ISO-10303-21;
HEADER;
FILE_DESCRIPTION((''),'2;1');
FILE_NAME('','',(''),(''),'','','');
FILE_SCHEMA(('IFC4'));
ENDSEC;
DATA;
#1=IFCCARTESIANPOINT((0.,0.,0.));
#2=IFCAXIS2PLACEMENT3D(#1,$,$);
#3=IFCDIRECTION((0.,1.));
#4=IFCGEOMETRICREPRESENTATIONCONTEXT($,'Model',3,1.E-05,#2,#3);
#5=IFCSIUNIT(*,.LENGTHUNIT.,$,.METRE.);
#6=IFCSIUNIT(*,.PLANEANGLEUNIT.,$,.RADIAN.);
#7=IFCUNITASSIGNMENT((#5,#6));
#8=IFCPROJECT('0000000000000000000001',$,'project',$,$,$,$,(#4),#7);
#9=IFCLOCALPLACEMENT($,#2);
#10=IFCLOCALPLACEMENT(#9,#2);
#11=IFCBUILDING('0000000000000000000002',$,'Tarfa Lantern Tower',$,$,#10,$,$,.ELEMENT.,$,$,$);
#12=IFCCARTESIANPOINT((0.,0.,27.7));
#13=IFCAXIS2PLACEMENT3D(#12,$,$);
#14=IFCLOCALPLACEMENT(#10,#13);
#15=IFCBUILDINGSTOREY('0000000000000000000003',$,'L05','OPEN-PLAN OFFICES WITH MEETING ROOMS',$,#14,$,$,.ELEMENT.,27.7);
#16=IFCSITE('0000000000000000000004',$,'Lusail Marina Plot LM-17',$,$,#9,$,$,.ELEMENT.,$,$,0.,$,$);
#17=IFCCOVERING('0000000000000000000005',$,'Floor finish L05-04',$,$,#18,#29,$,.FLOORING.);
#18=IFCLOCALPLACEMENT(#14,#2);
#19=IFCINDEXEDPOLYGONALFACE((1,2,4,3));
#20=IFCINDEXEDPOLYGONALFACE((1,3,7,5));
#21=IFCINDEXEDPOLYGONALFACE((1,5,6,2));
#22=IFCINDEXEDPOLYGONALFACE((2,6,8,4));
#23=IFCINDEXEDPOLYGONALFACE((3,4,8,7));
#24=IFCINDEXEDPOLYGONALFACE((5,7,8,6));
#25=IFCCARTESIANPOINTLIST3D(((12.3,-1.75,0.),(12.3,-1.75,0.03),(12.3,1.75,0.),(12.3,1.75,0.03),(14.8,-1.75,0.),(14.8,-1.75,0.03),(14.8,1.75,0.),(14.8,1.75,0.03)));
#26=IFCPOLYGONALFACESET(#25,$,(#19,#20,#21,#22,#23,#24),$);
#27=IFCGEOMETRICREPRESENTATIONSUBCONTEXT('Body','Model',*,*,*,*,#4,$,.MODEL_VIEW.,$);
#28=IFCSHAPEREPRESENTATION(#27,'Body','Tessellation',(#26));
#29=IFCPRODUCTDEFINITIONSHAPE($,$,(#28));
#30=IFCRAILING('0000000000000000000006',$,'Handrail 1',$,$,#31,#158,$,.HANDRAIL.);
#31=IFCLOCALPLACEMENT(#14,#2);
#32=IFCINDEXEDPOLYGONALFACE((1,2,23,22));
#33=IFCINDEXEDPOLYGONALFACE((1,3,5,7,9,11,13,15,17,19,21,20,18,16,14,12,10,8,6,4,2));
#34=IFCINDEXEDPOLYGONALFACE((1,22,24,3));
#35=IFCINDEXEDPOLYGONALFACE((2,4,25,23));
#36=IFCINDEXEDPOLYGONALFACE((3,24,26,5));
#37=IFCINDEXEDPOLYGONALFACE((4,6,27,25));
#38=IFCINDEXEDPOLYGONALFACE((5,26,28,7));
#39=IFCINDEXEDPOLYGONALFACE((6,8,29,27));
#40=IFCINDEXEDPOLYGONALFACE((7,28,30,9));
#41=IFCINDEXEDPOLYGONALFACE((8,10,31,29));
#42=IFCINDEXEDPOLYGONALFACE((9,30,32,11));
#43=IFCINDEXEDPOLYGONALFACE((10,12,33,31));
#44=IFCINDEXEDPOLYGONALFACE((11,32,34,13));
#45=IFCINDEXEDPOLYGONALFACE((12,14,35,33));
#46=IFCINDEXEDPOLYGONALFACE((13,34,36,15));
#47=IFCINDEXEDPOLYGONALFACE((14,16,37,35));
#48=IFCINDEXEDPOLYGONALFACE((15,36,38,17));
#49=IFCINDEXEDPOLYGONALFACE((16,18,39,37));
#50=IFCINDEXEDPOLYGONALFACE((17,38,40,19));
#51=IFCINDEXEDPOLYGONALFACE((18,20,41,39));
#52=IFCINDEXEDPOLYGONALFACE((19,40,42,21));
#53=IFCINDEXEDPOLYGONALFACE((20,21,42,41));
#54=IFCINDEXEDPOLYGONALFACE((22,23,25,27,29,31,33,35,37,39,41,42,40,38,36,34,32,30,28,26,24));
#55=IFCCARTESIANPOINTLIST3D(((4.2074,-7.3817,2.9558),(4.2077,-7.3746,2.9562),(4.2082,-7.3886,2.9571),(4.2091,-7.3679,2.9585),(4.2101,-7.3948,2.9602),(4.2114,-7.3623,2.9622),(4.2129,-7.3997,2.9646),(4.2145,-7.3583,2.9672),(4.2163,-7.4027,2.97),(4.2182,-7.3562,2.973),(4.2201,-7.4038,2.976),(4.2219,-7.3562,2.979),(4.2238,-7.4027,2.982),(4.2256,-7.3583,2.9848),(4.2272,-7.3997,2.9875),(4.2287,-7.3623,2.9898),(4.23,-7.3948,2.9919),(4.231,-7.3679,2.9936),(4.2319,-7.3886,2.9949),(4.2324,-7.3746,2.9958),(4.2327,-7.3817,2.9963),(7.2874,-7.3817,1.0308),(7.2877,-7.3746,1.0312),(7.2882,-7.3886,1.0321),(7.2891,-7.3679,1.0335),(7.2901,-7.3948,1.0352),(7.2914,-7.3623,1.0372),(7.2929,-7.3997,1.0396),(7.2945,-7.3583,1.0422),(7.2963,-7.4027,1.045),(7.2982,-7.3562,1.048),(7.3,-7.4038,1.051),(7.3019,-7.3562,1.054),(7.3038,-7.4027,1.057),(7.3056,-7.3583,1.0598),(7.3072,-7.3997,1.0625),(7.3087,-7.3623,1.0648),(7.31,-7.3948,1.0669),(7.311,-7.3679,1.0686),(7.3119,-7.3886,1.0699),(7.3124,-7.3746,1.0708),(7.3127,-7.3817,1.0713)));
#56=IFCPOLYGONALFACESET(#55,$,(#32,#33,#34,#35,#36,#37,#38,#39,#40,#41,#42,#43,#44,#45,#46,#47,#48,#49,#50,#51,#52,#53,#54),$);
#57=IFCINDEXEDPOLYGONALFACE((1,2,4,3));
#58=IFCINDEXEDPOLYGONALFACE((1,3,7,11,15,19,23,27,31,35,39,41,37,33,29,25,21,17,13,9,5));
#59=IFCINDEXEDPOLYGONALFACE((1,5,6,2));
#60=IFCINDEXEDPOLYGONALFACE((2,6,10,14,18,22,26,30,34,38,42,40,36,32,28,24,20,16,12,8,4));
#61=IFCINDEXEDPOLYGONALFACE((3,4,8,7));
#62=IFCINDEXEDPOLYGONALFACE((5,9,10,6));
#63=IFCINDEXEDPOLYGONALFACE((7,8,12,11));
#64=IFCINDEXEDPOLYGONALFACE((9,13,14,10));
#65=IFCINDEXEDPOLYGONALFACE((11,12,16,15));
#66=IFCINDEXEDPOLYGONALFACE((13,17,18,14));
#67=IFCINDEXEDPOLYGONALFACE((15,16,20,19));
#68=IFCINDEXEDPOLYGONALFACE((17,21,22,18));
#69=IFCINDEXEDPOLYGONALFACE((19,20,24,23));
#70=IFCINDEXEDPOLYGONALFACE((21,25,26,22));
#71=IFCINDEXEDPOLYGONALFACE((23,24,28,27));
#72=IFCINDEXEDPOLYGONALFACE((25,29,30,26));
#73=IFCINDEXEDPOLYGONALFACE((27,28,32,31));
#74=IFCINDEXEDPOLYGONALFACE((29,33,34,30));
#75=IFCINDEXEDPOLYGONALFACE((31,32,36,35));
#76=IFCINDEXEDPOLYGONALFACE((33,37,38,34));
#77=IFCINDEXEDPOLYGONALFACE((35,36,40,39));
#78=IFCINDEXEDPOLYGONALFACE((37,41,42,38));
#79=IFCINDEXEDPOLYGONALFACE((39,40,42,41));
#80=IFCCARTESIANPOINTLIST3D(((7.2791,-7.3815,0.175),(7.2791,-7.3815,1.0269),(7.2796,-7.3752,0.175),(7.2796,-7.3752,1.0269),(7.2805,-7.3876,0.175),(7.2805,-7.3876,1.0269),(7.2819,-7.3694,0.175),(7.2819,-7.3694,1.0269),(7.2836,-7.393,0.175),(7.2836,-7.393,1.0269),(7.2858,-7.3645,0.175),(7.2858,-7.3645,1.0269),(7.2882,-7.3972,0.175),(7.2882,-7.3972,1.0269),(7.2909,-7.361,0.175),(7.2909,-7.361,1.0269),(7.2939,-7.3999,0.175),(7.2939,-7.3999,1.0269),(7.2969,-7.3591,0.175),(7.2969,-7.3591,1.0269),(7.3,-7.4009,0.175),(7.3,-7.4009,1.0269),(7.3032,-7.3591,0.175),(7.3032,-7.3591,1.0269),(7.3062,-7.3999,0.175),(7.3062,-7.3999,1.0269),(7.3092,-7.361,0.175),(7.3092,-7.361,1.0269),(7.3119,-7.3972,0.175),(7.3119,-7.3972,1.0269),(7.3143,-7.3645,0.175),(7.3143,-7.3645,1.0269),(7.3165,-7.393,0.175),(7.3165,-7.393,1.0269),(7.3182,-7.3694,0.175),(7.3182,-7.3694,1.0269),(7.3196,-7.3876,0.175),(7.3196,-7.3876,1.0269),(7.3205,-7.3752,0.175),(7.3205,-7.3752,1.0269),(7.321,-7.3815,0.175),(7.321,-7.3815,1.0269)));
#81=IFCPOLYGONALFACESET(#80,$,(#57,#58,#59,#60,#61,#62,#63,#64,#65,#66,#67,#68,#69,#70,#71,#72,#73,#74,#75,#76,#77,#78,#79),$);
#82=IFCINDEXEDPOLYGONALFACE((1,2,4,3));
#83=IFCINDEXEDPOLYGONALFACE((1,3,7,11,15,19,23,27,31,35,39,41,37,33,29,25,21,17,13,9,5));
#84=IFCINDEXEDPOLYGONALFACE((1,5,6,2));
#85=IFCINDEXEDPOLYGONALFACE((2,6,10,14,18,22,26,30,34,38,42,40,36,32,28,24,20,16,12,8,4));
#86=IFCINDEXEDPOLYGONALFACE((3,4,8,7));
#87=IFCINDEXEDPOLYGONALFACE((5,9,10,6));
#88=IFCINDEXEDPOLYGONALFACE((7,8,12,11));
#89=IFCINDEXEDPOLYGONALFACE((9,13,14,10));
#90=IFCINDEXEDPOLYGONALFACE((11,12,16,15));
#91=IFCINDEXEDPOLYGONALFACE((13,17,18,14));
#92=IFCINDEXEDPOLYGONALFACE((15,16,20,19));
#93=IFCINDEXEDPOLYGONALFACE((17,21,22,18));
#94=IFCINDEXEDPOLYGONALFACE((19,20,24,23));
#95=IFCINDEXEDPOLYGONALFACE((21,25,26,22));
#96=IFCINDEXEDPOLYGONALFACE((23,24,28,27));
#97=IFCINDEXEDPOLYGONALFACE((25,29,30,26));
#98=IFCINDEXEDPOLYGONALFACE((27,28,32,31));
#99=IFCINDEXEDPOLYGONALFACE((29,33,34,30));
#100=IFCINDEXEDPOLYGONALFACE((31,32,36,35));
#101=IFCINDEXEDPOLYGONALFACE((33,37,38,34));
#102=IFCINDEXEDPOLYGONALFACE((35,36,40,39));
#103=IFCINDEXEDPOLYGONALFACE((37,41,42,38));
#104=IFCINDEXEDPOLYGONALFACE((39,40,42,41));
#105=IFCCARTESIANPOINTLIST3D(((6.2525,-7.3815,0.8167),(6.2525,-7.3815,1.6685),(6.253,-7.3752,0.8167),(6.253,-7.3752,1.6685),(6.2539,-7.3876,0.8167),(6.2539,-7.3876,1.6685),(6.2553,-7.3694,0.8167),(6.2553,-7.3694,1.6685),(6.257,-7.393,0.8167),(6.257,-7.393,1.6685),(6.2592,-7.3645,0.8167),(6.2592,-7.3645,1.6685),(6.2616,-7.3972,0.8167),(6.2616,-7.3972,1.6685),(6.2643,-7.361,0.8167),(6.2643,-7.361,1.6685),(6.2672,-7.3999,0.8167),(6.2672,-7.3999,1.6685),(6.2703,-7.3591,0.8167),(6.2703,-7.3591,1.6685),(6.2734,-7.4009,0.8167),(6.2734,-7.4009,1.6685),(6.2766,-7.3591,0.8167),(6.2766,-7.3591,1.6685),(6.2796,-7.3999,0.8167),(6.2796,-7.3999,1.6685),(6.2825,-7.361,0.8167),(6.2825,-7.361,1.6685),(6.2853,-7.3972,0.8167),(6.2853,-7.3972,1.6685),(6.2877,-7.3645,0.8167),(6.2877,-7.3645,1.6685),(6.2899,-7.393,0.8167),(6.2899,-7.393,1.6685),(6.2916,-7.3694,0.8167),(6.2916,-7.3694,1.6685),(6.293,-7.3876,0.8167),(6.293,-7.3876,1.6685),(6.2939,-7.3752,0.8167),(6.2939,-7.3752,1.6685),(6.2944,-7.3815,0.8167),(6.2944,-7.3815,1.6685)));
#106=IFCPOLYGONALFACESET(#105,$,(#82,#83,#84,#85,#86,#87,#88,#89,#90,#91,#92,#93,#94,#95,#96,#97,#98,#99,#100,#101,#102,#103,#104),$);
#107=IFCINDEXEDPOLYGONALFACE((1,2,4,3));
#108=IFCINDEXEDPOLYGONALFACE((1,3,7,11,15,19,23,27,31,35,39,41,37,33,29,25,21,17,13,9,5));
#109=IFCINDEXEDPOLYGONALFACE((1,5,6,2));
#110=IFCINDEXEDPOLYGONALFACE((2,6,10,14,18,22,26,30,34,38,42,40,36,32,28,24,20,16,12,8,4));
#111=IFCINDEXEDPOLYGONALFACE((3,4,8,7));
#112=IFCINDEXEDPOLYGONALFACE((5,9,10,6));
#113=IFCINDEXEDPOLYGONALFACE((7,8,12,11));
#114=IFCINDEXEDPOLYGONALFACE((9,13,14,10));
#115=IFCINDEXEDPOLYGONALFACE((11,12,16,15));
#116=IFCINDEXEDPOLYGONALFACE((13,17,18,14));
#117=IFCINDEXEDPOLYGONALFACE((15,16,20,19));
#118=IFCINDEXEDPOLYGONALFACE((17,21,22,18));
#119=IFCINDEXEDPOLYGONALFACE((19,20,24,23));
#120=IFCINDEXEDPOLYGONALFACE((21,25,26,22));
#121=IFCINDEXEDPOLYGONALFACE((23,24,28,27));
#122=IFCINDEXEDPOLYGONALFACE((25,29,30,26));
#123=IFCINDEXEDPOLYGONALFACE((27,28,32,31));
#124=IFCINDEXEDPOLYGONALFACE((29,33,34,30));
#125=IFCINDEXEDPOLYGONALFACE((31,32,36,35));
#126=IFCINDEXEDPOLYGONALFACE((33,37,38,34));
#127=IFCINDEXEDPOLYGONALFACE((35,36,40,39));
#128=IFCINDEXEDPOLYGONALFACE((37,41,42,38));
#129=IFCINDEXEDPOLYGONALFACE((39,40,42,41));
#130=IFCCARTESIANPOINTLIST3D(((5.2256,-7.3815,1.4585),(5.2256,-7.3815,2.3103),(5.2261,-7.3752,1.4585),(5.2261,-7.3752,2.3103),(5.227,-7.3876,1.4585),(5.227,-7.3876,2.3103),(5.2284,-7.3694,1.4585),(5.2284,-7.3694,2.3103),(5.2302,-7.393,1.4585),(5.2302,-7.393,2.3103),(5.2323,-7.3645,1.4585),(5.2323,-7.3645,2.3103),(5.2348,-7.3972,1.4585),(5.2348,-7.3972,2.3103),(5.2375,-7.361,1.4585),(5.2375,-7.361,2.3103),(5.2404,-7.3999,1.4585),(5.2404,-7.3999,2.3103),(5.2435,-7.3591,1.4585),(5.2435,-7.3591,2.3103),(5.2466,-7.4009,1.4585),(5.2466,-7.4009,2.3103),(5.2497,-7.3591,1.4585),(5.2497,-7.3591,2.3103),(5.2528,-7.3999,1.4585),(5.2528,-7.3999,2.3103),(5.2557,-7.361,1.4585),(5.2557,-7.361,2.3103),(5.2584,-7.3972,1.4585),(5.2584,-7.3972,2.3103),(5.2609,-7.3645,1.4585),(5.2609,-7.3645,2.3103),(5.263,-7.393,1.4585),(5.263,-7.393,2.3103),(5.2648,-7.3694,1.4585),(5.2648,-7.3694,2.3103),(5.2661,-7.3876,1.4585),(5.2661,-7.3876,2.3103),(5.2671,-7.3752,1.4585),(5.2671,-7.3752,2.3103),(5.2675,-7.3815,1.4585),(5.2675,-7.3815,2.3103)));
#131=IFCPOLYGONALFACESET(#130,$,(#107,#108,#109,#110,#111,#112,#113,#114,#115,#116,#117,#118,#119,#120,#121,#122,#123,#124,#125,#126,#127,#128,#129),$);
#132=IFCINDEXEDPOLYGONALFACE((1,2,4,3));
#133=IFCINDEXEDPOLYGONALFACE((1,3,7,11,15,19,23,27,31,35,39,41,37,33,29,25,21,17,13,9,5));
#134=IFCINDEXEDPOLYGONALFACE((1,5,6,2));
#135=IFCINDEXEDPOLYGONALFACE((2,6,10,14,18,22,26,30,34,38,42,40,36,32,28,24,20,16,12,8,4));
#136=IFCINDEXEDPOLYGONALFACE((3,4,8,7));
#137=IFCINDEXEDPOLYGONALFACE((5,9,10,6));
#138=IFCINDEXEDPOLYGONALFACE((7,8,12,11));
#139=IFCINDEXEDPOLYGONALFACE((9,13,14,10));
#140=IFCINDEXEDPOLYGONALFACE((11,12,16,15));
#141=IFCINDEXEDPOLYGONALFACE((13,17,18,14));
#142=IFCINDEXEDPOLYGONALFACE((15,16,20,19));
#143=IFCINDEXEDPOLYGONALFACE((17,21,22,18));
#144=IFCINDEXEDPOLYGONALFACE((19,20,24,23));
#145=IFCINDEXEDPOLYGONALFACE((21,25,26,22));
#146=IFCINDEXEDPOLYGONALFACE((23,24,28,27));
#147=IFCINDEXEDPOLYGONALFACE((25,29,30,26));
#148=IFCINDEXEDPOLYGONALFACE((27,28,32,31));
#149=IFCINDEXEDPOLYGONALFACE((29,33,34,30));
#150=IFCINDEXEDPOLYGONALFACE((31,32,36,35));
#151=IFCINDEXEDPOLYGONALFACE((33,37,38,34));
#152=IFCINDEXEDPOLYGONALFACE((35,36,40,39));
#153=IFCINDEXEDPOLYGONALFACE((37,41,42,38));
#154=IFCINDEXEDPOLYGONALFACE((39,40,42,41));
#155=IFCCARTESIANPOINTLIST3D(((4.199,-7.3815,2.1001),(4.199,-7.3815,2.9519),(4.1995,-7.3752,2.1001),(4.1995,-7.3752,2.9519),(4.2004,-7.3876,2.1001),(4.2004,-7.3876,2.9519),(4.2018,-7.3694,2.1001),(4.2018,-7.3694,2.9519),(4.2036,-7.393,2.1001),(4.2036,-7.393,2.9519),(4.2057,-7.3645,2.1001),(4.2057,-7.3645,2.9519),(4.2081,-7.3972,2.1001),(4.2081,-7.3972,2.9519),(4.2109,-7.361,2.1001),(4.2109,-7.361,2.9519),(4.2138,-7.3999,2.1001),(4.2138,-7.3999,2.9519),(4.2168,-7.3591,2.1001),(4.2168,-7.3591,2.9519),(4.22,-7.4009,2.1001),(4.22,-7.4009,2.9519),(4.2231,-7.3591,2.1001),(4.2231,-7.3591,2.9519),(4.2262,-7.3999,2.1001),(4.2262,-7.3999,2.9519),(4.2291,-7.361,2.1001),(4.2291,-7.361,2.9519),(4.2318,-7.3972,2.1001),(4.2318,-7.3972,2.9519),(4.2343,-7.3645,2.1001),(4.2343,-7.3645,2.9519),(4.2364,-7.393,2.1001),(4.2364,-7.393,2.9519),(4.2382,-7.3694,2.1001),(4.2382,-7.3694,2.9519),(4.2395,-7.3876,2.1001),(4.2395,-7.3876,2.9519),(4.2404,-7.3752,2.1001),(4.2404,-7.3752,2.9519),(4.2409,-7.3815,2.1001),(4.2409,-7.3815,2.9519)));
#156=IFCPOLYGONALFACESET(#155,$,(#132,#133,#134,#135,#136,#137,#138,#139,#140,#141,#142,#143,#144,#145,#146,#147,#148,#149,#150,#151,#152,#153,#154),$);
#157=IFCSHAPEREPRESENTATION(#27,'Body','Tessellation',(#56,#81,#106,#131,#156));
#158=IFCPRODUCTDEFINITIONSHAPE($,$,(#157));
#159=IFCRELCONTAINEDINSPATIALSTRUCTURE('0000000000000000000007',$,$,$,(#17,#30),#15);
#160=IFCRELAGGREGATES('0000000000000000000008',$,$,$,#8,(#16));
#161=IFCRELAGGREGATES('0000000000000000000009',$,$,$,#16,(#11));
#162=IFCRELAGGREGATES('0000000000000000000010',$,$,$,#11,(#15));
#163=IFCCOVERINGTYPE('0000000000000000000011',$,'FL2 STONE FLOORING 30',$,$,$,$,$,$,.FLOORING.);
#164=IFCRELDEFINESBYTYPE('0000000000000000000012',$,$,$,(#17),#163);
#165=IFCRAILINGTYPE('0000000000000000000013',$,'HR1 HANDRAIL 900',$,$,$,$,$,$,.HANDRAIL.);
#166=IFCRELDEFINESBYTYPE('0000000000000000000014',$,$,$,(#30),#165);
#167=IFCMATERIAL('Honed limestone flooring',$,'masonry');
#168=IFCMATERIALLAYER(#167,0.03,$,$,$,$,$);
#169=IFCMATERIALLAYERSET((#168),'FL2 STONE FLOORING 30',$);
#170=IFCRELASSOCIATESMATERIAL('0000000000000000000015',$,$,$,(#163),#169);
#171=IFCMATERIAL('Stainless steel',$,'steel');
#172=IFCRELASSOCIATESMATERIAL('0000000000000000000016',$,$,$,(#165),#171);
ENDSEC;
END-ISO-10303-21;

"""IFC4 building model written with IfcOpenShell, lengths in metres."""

from ifc_helpers import new_model, si_unit, direction, frame, origin, origin_2d, place, context, subcontext, project, spatial, polyline, circle, outline, extrude, material, layer, layer_set, type_object, element, save


model = new_model("IFC4")

# Units and contexts
model_context = context("Model", 3, precision=1e-05, world=origin(), true_north=direction((0.0, 1.0)))
body_context = subcontext(model_context, "Body", "Model", "MODEL_VIEW")
ifc_project = project(units=[si_unit("LENGTHUNIT", "METRE"), si_unit("PLANEANGLEUNIT", "RADIAN")], contexts=[model_context])

# Site, building, storey
site_placement = place(None, origin())
site = spatial("IfcSite", under=ifc_project, at=site_placement, Name="Lusail Marina Plot LM-17", CompositionType="ELEMENT", RefElevation=0.0)
building_placement = place(site_placement, origin())
building = spatial("IfcBuilding", under=site, at=building_placement, Name="Tarfa Lantern Tower", CompositionType="ELEMENT")
storey_placement = place(building_placement, frame((0.0, 0.0, 27.7)))
storey = spatial("IfcBuildingStorey", under=building, at=storey_placement, Name="L05", Description="OPEN-PLAN OFFICES WITH MEETING ROOMS", CompositionType="ELEMENT", Elevation=27.7)

# Covering
ifc_material_1 = material(Name="Honed limestone flooring", Category="masonry")
ifc_layer_1 = layer(ifc_material_1, 0.03)
ifc_layer_set_1 = layer_set([ifc_layer_1], Name="FL2 STONE FLOORING 30")
covering_type_1 = type_object("IfcCoveringType", Name="FL2 STONE FLOORING 30", PredefinedType="FLOORING", material=ifc_layer_set_1)
covering_1_placement = place(storey_placement, origin())
element("IfcCovering", 1, at=covering_1_placement, inside=storey, type_object=covering_type_1, Name="Floor finish L05-04", PredefinedType="FLOORING", context=body_context, shape_type="SweptSolid", body=[
    extrude(outline(polyline([(12.3, -1.75), (14.8, -1.75), (14.8, 1.75), (12.3, 1.75), (12.3, -1.75)])), origin(), (0.0, 0.0, 1.0), 0.03),
])

# Railing
ifc_material_2 = material(Name="Stainless steel", Category="steel")
railing_type = type_object("IfcRailingType", Name="HR1 HANDRAIL 900", PredefinedType="HANDRAIL", material=ifc_material_2)
railing_1_placement = place(storey_placement, frame((7.3, -7.3799, 0.175)))
element("IfcRailing", 2, at=railing_1_placement, inside=storey, type_object=railing_type, Name="Handrail 1", PredefinedType="HANDRAIL", context=body_context, shape_type="SweptSolid", body=[
    extrude(circle(Radius=0.0239, at=origin_2d()), frame((0.0, 0.0, 0.876), z_axis=(-0.847998, 0.0, 0.529999), x_axis=(0.0, -1.0, 0.0)), (0.0, 0.0, 1.0), 3.6321),
    extrude(circle(Radius=0.021, at=origin_2d()), frame((0.0, 0.0, 0.0), z_axis=(0.0, 0.0, 1.0), x_axis=(0.0, -1.0, 0.0)), (0.0, 0.0, 1.0), 0.8518),
    extrude(circle(Radius=0.021, at=origin_2d()), frame((-1.0266, 0.0, 0.6416), z_axis=(0.0, 0.0, 1.0), x_axis=(0.0, -1.0, 0.0)), (0.0, 0.0, 1.0), 0.8518),
    extrude(circle(Radius=0.021, at=origin_2d()), frame((-2.0535, 0.0, 1.2834), z_axis=(0.0, 0.0, 1.0), x_axis=(0.0, -1.0, 0.0)), (0.0, 0.0, 1.0), 0.8518),
    extrude(circle(Radius=0.021, at=origin_2d()), frame((-3.0801, 0.0, 1.925), z_axis=(0.0, 0.0, 1.0), x_axis=(0.0, -1.0, 0.0)), (0.0, 0.0, 1.0), 0.8518),
])

save(model, "model.ifc")
